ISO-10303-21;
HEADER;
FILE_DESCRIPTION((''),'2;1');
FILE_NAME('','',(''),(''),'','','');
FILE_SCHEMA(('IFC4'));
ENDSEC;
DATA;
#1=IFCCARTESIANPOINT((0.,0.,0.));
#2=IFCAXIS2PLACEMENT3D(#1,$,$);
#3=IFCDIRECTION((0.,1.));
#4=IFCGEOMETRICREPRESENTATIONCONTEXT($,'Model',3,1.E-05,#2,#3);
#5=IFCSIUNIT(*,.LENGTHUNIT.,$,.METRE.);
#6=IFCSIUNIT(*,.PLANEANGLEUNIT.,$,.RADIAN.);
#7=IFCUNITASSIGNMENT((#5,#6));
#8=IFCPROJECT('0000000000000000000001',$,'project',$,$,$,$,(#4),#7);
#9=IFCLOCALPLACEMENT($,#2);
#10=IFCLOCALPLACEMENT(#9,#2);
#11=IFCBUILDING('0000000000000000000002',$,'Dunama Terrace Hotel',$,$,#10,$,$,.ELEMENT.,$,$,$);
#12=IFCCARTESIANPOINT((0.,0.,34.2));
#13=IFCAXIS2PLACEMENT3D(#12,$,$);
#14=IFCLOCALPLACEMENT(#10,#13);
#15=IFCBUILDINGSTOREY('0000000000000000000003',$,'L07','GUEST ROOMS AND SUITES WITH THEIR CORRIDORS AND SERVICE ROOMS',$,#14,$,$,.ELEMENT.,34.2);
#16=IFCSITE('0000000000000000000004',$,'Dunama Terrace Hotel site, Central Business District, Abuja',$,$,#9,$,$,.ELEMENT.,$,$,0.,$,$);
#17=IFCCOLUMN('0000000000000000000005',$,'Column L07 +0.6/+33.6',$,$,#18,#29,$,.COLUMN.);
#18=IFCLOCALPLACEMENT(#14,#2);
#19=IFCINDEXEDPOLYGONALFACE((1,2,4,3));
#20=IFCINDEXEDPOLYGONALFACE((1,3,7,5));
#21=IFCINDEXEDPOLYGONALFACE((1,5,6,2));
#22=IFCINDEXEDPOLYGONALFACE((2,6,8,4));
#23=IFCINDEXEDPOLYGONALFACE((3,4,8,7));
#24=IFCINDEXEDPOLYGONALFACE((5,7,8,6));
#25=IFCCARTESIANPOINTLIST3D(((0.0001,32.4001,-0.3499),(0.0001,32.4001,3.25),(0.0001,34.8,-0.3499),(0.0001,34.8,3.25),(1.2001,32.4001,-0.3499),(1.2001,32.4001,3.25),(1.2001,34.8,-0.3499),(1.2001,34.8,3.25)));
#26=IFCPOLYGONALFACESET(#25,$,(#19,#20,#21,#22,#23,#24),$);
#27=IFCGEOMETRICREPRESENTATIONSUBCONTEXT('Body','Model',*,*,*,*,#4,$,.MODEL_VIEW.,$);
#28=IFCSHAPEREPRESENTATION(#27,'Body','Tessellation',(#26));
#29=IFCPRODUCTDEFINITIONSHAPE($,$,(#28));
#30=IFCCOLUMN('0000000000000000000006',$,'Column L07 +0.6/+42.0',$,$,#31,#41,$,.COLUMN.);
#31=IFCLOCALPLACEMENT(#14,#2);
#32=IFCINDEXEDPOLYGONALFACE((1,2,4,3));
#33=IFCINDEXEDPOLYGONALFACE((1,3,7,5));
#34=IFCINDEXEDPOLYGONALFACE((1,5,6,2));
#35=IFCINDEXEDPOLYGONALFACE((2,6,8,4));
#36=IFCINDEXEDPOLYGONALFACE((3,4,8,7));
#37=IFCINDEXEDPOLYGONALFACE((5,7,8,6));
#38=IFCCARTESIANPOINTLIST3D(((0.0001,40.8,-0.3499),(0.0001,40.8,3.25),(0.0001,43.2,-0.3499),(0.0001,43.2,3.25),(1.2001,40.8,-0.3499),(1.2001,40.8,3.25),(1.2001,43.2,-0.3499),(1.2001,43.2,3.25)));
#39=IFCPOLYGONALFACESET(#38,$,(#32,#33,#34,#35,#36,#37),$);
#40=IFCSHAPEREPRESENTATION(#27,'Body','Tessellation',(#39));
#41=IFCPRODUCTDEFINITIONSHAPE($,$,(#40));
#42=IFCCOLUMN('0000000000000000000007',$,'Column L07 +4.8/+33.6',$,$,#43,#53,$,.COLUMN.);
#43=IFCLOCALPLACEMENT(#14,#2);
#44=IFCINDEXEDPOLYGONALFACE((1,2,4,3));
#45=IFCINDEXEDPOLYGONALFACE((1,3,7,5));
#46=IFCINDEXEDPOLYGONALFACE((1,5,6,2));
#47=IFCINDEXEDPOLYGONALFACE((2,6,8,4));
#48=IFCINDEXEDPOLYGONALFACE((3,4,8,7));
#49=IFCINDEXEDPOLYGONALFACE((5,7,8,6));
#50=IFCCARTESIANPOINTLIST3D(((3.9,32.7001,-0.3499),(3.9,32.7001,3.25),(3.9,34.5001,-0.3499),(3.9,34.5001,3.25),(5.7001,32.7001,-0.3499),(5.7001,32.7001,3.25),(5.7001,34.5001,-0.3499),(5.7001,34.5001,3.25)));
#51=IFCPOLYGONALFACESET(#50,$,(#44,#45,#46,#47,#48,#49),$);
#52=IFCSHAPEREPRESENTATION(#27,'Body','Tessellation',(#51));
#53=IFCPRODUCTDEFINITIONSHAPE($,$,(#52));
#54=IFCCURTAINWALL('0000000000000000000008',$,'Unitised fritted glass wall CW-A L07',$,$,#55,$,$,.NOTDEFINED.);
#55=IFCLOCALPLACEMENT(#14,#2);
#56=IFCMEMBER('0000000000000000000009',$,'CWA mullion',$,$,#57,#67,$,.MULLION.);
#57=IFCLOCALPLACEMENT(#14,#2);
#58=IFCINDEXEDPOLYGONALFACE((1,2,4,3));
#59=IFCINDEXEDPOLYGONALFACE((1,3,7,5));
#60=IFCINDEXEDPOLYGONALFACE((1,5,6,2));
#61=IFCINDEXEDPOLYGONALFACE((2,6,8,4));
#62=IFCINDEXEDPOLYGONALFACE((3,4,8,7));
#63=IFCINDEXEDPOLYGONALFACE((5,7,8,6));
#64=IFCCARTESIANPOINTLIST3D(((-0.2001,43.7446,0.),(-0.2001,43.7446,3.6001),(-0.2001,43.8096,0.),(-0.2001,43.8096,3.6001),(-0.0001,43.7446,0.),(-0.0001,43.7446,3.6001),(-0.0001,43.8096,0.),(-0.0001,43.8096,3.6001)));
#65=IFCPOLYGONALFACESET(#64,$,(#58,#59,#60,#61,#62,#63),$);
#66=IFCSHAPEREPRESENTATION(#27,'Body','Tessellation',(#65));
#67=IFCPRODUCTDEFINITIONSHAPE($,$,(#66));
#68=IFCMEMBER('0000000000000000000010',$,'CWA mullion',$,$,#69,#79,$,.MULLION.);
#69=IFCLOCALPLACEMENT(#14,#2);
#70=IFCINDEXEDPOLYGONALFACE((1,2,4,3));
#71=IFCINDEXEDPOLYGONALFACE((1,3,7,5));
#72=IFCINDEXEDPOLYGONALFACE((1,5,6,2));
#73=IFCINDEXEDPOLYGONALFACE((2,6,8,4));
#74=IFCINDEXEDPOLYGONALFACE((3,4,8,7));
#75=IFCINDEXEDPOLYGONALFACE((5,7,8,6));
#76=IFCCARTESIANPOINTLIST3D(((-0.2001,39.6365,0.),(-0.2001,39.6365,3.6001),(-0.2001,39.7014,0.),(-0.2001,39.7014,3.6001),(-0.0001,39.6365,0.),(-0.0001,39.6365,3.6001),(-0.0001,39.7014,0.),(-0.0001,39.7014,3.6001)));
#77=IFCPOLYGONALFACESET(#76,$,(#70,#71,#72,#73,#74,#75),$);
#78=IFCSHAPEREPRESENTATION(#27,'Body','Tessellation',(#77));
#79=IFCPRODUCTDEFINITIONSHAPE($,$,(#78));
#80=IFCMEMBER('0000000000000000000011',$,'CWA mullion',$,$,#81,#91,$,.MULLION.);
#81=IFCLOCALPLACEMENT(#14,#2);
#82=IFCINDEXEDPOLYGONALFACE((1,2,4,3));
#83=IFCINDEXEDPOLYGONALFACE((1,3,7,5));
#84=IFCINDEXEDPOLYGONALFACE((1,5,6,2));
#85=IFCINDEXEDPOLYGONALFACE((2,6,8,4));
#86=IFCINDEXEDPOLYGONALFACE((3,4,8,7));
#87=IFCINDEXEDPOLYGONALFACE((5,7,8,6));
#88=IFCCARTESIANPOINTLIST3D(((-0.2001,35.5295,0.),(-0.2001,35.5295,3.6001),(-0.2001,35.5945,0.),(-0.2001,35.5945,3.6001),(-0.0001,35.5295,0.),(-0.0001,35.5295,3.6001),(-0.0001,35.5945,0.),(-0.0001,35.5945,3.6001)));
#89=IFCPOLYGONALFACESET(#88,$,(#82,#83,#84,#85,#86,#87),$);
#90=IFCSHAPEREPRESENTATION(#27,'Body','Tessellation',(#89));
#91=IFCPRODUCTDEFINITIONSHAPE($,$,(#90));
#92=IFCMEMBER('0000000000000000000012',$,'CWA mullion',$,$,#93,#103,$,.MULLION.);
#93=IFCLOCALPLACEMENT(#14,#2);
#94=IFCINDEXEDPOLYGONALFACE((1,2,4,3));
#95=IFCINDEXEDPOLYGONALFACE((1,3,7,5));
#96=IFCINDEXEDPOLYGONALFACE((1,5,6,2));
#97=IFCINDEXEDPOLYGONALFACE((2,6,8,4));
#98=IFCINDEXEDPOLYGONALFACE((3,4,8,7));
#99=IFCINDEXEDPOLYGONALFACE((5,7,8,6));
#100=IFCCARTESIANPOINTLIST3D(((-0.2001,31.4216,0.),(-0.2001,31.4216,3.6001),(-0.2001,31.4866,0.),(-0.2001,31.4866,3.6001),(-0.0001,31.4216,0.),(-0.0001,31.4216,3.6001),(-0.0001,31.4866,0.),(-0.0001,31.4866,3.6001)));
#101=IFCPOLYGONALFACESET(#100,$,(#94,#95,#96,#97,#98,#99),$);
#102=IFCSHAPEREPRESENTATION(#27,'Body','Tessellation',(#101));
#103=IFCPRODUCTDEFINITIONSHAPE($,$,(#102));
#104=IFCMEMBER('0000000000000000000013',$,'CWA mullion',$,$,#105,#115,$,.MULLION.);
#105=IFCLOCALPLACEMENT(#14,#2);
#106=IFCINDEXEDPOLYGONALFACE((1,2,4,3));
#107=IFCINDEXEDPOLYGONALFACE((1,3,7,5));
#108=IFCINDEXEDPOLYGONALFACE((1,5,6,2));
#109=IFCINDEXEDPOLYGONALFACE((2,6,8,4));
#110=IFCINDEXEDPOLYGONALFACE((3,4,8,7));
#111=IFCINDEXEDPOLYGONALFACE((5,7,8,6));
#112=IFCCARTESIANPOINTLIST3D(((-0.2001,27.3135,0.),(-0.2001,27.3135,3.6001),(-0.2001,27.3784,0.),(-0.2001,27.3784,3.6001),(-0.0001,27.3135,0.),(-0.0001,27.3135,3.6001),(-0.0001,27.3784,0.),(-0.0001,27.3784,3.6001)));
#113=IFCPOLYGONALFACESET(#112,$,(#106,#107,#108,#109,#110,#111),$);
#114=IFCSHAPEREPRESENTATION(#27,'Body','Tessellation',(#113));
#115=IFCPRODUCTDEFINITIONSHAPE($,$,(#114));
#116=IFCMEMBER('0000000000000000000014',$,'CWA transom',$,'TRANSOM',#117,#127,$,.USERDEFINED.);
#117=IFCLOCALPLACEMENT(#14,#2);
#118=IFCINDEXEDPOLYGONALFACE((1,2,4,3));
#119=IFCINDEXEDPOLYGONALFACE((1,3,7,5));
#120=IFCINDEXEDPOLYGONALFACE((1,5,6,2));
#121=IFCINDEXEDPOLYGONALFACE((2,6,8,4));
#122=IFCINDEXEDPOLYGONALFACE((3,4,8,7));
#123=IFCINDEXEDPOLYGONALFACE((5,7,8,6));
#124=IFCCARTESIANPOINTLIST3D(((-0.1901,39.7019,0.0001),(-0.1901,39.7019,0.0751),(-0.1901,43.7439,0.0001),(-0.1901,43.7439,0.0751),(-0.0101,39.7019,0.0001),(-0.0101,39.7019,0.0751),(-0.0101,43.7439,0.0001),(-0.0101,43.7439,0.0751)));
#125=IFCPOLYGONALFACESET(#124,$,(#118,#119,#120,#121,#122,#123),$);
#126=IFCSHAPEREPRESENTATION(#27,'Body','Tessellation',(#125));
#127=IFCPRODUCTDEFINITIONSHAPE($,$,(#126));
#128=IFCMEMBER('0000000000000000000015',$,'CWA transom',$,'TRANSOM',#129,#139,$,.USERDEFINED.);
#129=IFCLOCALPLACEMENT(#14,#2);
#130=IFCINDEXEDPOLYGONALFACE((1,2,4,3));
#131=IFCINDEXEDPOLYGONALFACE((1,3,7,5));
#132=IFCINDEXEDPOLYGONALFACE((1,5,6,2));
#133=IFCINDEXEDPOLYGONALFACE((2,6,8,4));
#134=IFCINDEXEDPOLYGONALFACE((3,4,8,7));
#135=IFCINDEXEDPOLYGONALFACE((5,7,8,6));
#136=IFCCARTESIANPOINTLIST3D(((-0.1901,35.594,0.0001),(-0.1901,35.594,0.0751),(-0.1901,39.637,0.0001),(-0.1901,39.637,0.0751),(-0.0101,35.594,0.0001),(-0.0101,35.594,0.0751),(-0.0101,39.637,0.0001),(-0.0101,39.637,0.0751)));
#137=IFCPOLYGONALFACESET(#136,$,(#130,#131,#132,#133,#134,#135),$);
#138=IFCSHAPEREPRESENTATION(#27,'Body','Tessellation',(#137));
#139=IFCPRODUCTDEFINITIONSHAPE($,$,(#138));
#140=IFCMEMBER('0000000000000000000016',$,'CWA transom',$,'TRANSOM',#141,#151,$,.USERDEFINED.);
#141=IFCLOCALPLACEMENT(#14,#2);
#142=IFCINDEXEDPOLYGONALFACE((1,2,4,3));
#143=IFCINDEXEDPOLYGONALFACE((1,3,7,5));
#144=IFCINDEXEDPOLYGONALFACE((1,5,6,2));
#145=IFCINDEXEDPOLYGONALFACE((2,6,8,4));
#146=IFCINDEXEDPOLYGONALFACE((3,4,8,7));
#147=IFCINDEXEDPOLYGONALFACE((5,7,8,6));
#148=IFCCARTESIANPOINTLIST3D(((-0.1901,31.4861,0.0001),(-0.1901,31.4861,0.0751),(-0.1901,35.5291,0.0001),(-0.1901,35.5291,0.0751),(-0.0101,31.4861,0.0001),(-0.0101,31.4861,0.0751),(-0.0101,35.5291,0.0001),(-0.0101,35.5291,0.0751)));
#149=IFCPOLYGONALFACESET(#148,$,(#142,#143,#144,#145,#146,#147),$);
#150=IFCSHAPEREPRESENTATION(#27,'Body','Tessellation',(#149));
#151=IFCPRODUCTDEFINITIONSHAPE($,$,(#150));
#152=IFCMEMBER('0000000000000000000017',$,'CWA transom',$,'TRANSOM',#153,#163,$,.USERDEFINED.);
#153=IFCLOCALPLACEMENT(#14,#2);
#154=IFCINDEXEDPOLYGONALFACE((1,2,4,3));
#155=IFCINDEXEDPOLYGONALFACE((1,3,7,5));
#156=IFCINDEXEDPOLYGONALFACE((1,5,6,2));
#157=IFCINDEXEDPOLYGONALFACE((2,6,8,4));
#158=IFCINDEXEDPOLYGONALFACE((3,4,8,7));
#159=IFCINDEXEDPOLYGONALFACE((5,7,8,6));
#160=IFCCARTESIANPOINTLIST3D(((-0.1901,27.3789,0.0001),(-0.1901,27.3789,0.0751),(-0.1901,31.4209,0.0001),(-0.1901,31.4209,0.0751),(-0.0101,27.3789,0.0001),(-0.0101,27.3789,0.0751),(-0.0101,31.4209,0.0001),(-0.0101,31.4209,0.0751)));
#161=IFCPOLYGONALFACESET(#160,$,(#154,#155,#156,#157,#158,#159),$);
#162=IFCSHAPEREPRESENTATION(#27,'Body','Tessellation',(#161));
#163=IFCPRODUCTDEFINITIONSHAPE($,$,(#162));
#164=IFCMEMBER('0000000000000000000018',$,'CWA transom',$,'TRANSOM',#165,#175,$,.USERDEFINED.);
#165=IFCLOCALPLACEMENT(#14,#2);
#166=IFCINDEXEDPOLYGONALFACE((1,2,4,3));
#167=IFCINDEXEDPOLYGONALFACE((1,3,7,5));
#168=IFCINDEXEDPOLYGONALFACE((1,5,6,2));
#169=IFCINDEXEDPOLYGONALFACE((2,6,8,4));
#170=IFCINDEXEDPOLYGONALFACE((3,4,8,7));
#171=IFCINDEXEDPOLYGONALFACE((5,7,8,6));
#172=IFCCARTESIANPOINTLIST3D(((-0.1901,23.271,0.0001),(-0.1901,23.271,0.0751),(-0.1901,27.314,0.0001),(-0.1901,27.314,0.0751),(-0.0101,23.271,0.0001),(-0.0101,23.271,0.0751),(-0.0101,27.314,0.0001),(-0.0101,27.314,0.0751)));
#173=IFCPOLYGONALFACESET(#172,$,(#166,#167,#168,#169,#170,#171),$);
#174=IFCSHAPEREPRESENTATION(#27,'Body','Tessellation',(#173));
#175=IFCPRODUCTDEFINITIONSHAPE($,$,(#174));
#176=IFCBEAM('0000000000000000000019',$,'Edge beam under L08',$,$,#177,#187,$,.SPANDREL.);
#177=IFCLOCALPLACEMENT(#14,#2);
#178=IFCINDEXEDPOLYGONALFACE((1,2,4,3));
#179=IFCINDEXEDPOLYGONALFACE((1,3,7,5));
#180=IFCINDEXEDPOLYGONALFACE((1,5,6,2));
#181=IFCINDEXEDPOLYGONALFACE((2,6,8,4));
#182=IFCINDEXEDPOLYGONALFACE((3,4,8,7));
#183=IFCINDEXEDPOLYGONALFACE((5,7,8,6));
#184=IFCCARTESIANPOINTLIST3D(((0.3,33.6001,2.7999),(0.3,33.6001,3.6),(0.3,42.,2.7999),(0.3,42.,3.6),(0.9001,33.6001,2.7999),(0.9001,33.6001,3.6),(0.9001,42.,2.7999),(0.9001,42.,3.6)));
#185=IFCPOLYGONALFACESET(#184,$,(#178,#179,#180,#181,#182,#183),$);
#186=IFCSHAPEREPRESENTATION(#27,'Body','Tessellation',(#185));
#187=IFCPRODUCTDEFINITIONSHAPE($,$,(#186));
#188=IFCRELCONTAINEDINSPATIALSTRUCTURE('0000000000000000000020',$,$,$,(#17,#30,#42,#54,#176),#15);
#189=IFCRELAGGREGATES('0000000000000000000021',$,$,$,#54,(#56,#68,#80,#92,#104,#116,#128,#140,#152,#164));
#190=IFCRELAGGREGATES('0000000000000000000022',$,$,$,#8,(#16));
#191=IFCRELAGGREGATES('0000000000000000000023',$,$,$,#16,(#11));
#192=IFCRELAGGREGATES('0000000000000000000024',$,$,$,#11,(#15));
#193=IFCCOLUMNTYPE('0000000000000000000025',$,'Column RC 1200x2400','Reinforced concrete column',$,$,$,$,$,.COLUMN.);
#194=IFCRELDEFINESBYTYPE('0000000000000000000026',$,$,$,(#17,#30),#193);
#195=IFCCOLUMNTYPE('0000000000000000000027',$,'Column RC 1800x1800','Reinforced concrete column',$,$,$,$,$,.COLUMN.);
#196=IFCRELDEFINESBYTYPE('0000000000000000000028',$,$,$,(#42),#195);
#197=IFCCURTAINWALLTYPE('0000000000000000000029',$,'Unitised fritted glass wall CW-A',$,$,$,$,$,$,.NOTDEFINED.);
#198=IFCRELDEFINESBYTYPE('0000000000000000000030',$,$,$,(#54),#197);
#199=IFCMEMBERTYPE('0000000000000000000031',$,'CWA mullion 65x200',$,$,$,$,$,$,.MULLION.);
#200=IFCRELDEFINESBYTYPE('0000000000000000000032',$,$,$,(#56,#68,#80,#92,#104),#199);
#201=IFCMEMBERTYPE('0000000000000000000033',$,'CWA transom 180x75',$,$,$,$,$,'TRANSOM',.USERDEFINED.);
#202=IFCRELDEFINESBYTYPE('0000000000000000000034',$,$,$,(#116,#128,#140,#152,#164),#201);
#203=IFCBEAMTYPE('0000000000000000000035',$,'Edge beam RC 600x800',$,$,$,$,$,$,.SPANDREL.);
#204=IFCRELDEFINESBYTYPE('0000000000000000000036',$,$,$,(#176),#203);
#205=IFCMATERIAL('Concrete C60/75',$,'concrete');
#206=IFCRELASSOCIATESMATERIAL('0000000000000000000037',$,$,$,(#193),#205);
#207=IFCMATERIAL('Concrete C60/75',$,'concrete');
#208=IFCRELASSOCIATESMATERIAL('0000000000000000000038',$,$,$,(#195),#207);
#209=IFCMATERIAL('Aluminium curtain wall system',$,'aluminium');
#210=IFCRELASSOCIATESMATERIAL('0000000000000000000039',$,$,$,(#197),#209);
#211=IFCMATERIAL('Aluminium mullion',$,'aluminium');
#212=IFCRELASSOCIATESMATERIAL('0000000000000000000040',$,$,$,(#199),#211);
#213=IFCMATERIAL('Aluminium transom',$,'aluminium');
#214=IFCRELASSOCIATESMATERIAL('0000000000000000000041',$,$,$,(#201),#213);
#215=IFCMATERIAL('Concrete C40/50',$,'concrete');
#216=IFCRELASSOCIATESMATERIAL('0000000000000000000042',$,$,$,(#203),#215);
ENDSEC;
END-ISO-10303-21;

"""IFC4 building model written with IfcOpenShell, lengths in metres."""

from ifc_helpers import new_model, si_unit, direction, frame, origin, origin_2d, place, context, subcontext, project, spatial, rectangle, extrude, material, material_profile, profile_set, type_object, element, aggregate, save


model = new_model("IFC4")

# Units and contexts
model_context = context("Model", 3, precision=1e-05, world=origin(), true_north=direction((0.0, 1.0)))
body_context = subcontext(model_context, "Body", "Model", "MODEL_VIEW")
ifc_project = project(units=[si_unit("LENGTHUNIT", "METRE"), si_unit("PLANEANGLEUNIT", "RADIAN")], contexts=[model_context])

# Site, building, storey
site_placement = place(None, origin())
site = spatial("IfcSite", under=ifc_project, at=site_placement, Name="Dunama Terrace Hotel site, Central Business District, Abuja", CompositionType="ELEMENT", RefElevation=0.0)
building_placement = place(site_placement, origin())
building = spatial("IfcBuilding", under=site, at=building_placement, Name="Dunama Terrace Hotel", CompositionType="ELEMENT")
storey_placement = place(building_placement, frame((0.0, 0.0, 34.2)))
storey = spatial("IfcBuildingStorey", under=building, at=storey_placement, Name="L07", Description="GUEST ROOMS AND SUITES WITH THEIR CORRIDORS AND SERVICE ROOMS", CompositionType="ELEMENT", Elevation=34.2)

# Columns
ifc_material_1 = material(Name="Concrete C60/75", Category="concrete")
ifc_material_profile_1 = material_profile(ifc_material_1, rectangle(XDim=1.2, YDim=2.3999, at=origin_2d()), Name="RC 1200x2400")
ifc_profile_set_1 = profile_set([ifc_material_profile_1], Name="Concrete C60/75")
column_type_1 = type_object("IfcColumnType", Name="Column RC 1200x2400", Description="Reinforced concrete column", PredefinedType="COLUMN", material=ifc_profile_set_1)
for number, where, z_axis, x_axis, name in (
    (1, (0.6001, 33.6001, -0.3499), (0.0, 0.0, 1.0), (1.0, 0.0, 0.0), "Column L07 +0.6/+33.6"),
    (2, (0.6001, 42.0, -0.3499), (0.0, 0.0, 1.0), (1.0, 0.0, 0.0), "Column L07 +0.6/+42.0"),
):
    element("IfcColumn", number, at=place(storey_placement, frame(where, z_axis=z_axis, x_axis=x_axis)), inside=storey, type_object=column_type_1, Name=name, PredefinedType="COLUMN", context=body_context, shape_type="SweptSolid", body=[
        extrude(rectangle(XDim=1.2, YDim=2.3999, at=origin_2d()), origin(), (0.0, 0.0, 1.0), 3.5999),
    ])
ifc_material_2 = material(Name="Concrete C60/75", Category="concrete")
ifc_material_profile_2 = material_profile(ifc_material_2, rectangle(XDim=1.8, YDim=1.8, at=origin_2d()), Name="RC 1800x1800")
ifc_profile_set_2 = profile_set([ifc_material_profile_2], Name="Concrete C60/75")
column_type_2 = type_object("IfcColumnType", Name="Column RC 1800x1800", Description="Reinforced concrete column", PredefinedType="COLUMN", material=ifc_profile_set_2)
column_placement = place(storey_placement, frame((4.8, 33.6001, -0.3499), z_axis=(0.0, 0.0, 1.0), x_axis=(1.0, 0.0, 0.0)))
element("IfcColumn", 3, at=column_placement, inside=storey, type_object=column_type_2, Name="Column L07 +4.8/+33.6", PredefinedType="COLUMN", context=body_context, shape_type="SweptSolid", body=[
    extrude(rectangle(XDim=1.8, YDim=1.8, at=origin_2d()), origin(), (0.0, 0.0, 1.0), 3.5999),
])

# Curtain wall, members
ifc_material_3 = material(Name="Aluminium curtain wall system", Category="aluminium")
curtain_wall_type = type_object("IfcCurtainWallType", Name="Unitised fritted glass wall CW-A", PredefinedType="NOTDEFINED", material=ifc_material_3)
curtain_wall_placement = place(storey_placement, origin())
curtain_wall = element("IfcCurtainWall", 4, at=curtain_wall_placement, inside=storey, type_object=curtain_wall_type, Name="Unitised fritted glass wall CW-A L07", PredefinedType="NOTDEFINED")
ifc_material_4 = material(Name="Aluminium mullion", Category="aluminium")
ifc_material_profile_3 = material_profile(ifc_material_4, rectangle(XDim=0.0649, YDim=0.2, at=origin_2d()), Name="CWA MULLION 65X200")
ifc_profile_set_3 = profile_set([ifc_material_profile_3], Name="Aluminium mullion")
member_type_1 = type_object("IfcMemberType", Name="CWA mullion 65x200", PredefinedType="MULLION", material=ifc_profile_set_3)
member_1_placement = place(storey_placement, frame((-0.1001, 43.7771, 0.0), z_axis=(0.0, 0.0, 1.0), x_axis=(0.0, -1.0, 0.0)))
member_1 = element("IfcMember", 5, at=member_1_placement, type_object=member_type_1, Name="CWA mullion", PredefinedType="MULLION", context=body_context, shape_type="SweptSolid", body=[
    extrude(rectangle(XDim=0.0649, YDim=0.2, at=origin_2d()), origin(), (0.0, 0.0, 1.0), 3.6001),
])
member_2_placement = place(storey_placement, frame((-0.1001, 39.6689, 0.0), z_axis=(0.0, 0.0, 1.0), x_axis=(0.0, -1.0, 0.0)))
member_2 = element("IfcMember", 6, at=member_2_placement, type_object=member_type_1, Name="CWA mullion", PredefinedType="MULLION", context=body_context, shape_type="SweptSolid", body=[
    extrude(rectangle(XDim=0.0649, YDim=0.2, at=origin_2d()), origin(), (0.0, 0.0, 1.0), 3.6001),
])
member_3_placement = place(storey_placement, frame((-0.1001, 35.562, 0.0), z_axis=(0.0, 0.0, 1.0), x_axis=(0.0, -1.0, 0.0)))
member_3 = element("IfcMember", 7, at=member_3_placement, type_object=member_type_1, Name="CWA mullion", PredefinedType="MULLION", context=body_context, shape_type="SweptSolid", body=[
    extrude(rectangle(XDim=0.0649, YDim=0.2, at=origin_2d()), origin(), (0.0, 0.0, 1.0), 3.6001),
])
member_4_placement = place(storey_placement, frame((-0.1001, 31.4541, 0.0), z_axis=(0.0, 0.0, 1.0), x_axis=(0.0, -1.0, 0.0)))
member_4 = element("IfcMember", 8, at=member_4_placement, type_object=member_type_1, Name="CWA mullion", PredefinedType="MULLION", context=body_context, shape_type="SweptSolid", body=[
    extrude(rectangle(XDim=0.0649, YDim=0.2, at=origin_2d()), origin(), (0.0, 0.0, 1.0), 3.6001),
])
member_5_placement = place(storey_placement, frame((-0.1001, 27.3459, 0.0), z_axis=(0.0, 0.0, 1.0), x_axis=(0.0, -1.0, 0.0)))
member_5 = element("IfcMember", 9, at=member_5_placement, type_object=member_type_1, Name="CWA mullion", PredefinedType="MULLION", context=body_context, shape_type="SweptSolid", body=[
    extrude(rectangle(XDim=0.0649, YDim=0.2, at=origin_2d()), origin(), (0.0, 0.0, 1.0), 3.6001),
])
ifc_material_5 = material(Name="Aluminium transom", Category="aluminium")
ifc_material_profile_4 = material_profile(ifc_material_5, rectangle(XDim=0.1799, YDim=0.075, at=origin_2d()), Name="CWA TRANSOM 180X75")
ifc_profile_set_4 = profile_set([ifc_material_profile_4], Name="Aluminium transom")
member_type_2 = type_object("IfcMemberType", Name="CWA transom 180x75", ElementType="TRANSOM", PredefinedType="USERDEFINED", material=ifc_profile_set_4)
member_6_placement = place(storey_placement, frame((-0.1001, 43.7439, 0.0376), z_axis=(0.0, -1.0, 0.0), x_axis=(1.0, 0.0, 0.0)))
member_6 = element("IfcMember", 10, at=member_6_placement, type_object=member_type_2, Name="CWA transom", ObjectType="TRANSOM", PredefinedType="USERDEFINED", context=body_context, shape_type="SweptSolid", body=[
    extrude(rectangle(XDim=0.1799, YDim=0.075, at=origin_2d()), origin(), (0.0, 0.0, 1.0), 4.042),
])
member_7_placement = place(storey_placement, frame((-0.1001, 39.637, 0.0376), z_axis=(0.0, -1.0, 0.0), x_axis=(1.0, 0.0, 0.0)))
member_7 = element("IfcMember", 11, at=member_7_placement, type_object=member_type_2, Name="CWA transom", ObjectType="TRANSOM", PredefinedType="USERDEFINED", context=body_context, shape_type="SweptSolid", body=[
    extrude(rectangle(XDim=0.1799, YDim=0.075, at=origin_2d()), origin(), (0.0, 0.0, 1.0), 4.043),
])
member_8_placement = place(storey_placement, frame((-0.1001, 35.5291, 0.0376), z_axis=(0.0, -1.0, 0.0), x_axis=(1.0, 0.0, 0.0)))
member_8 = element("IfcMember", 12, at=member_8_placement, type_object=member_type_2, Name="CWA transom", ObjectType="TRANSOM", PredefinedType="USERDEFINED", context=body_context, shape_type="SweptSolid", body=[
    extrude(rectangle(XDim=0.1799, YDim=0.075, at=origin_2d()), origin(), (0.0, 0.0, 1.0), 4.043),
])
member_9_placement = place(storey_placement, frame((-0.1001, 31.4209, 0.0376), z_axis=(0.0, -1.0, 0.0), x_axis=(1.0, 0.0, 0.0)))
member_9 = element("IfcMember", 13, at=member_9_placement, type_object=member_type_2, Name="CWA transom", ObjectType="TRANSOM", PredefinedType="USERDEFINED", context=body_context, shape_type="SweptSolid", body=[
    extrude(rectangle(XDim=0.1799, YDim=0.075, at=origin_2d()), origin(), (0.0, 0.0, 1.0), 4.042),
])
member_10_placement = place(storey_placement, frame((-0.1001, 27.314, 0.0376), z_axis=(0.0, -1.0, 0.0), x_axis=(1.0, 0.0, 0.0)))
member_10 = element("IfcMember", 14, at=member_10_placement, type_object=member_type_2, Name="CWA transom", ObjectType="TRANSOM", PredefinedType="USERDEFINED", context=body_context, shape_type="SweptSolid", body=[
    extrude(rectangle(XDim=0.1799, YDim=0.075, at=origin_2d()), origin(), (0.0, 0.0, 1.0), 4.043),
])

# Beam
ifc_material_6 = material(Name="Concrete C40/50", Category="concrete")
ifc_material_profile_5 = material_profile(ifc_material_6, rectangle(XDim=0.6001, YDim=0.8, at=origin_2d()), Name="RC 600x800")
ifc_profile_set_5 = profile_set([ifc_material_profile_5], Name="Concrete C40/50")
beam_type = type_object("IfcBeamType", Name="Edge beam RC 600x800", PredefinedType="SPANDREL", material=ifc_profile_set_5)
for number, where, z_axis, x_axis, name in (
    (15, (0.6001, 33.6001, 3.2), (0.0, 1.0, 0.0), (-1.0, 0.0, 0.0), "Edge beam under L08"),
):
    element("IfcBeam", number, at=place(storey_placement, frame(where, z_axis=z_axis, x_axis=x_axis)), inside=storey, type_object=beam_type, Name=name, PredefinedType="SPANDREL", context=body_context, shape_type="SweptSolid", body=[
        extrude(rectangle(XDim=0.6001, YDim=0.8, at=origin_2d()), origin(), (0.0, 0.0, 1.0), 8.3999),
    ])

aggregate(curtain_wall, [member_1, member_2, member_3, member_4, member_5, member_6, member_7, member_8, member_9, member_10])

save(model, "model.ifc")
